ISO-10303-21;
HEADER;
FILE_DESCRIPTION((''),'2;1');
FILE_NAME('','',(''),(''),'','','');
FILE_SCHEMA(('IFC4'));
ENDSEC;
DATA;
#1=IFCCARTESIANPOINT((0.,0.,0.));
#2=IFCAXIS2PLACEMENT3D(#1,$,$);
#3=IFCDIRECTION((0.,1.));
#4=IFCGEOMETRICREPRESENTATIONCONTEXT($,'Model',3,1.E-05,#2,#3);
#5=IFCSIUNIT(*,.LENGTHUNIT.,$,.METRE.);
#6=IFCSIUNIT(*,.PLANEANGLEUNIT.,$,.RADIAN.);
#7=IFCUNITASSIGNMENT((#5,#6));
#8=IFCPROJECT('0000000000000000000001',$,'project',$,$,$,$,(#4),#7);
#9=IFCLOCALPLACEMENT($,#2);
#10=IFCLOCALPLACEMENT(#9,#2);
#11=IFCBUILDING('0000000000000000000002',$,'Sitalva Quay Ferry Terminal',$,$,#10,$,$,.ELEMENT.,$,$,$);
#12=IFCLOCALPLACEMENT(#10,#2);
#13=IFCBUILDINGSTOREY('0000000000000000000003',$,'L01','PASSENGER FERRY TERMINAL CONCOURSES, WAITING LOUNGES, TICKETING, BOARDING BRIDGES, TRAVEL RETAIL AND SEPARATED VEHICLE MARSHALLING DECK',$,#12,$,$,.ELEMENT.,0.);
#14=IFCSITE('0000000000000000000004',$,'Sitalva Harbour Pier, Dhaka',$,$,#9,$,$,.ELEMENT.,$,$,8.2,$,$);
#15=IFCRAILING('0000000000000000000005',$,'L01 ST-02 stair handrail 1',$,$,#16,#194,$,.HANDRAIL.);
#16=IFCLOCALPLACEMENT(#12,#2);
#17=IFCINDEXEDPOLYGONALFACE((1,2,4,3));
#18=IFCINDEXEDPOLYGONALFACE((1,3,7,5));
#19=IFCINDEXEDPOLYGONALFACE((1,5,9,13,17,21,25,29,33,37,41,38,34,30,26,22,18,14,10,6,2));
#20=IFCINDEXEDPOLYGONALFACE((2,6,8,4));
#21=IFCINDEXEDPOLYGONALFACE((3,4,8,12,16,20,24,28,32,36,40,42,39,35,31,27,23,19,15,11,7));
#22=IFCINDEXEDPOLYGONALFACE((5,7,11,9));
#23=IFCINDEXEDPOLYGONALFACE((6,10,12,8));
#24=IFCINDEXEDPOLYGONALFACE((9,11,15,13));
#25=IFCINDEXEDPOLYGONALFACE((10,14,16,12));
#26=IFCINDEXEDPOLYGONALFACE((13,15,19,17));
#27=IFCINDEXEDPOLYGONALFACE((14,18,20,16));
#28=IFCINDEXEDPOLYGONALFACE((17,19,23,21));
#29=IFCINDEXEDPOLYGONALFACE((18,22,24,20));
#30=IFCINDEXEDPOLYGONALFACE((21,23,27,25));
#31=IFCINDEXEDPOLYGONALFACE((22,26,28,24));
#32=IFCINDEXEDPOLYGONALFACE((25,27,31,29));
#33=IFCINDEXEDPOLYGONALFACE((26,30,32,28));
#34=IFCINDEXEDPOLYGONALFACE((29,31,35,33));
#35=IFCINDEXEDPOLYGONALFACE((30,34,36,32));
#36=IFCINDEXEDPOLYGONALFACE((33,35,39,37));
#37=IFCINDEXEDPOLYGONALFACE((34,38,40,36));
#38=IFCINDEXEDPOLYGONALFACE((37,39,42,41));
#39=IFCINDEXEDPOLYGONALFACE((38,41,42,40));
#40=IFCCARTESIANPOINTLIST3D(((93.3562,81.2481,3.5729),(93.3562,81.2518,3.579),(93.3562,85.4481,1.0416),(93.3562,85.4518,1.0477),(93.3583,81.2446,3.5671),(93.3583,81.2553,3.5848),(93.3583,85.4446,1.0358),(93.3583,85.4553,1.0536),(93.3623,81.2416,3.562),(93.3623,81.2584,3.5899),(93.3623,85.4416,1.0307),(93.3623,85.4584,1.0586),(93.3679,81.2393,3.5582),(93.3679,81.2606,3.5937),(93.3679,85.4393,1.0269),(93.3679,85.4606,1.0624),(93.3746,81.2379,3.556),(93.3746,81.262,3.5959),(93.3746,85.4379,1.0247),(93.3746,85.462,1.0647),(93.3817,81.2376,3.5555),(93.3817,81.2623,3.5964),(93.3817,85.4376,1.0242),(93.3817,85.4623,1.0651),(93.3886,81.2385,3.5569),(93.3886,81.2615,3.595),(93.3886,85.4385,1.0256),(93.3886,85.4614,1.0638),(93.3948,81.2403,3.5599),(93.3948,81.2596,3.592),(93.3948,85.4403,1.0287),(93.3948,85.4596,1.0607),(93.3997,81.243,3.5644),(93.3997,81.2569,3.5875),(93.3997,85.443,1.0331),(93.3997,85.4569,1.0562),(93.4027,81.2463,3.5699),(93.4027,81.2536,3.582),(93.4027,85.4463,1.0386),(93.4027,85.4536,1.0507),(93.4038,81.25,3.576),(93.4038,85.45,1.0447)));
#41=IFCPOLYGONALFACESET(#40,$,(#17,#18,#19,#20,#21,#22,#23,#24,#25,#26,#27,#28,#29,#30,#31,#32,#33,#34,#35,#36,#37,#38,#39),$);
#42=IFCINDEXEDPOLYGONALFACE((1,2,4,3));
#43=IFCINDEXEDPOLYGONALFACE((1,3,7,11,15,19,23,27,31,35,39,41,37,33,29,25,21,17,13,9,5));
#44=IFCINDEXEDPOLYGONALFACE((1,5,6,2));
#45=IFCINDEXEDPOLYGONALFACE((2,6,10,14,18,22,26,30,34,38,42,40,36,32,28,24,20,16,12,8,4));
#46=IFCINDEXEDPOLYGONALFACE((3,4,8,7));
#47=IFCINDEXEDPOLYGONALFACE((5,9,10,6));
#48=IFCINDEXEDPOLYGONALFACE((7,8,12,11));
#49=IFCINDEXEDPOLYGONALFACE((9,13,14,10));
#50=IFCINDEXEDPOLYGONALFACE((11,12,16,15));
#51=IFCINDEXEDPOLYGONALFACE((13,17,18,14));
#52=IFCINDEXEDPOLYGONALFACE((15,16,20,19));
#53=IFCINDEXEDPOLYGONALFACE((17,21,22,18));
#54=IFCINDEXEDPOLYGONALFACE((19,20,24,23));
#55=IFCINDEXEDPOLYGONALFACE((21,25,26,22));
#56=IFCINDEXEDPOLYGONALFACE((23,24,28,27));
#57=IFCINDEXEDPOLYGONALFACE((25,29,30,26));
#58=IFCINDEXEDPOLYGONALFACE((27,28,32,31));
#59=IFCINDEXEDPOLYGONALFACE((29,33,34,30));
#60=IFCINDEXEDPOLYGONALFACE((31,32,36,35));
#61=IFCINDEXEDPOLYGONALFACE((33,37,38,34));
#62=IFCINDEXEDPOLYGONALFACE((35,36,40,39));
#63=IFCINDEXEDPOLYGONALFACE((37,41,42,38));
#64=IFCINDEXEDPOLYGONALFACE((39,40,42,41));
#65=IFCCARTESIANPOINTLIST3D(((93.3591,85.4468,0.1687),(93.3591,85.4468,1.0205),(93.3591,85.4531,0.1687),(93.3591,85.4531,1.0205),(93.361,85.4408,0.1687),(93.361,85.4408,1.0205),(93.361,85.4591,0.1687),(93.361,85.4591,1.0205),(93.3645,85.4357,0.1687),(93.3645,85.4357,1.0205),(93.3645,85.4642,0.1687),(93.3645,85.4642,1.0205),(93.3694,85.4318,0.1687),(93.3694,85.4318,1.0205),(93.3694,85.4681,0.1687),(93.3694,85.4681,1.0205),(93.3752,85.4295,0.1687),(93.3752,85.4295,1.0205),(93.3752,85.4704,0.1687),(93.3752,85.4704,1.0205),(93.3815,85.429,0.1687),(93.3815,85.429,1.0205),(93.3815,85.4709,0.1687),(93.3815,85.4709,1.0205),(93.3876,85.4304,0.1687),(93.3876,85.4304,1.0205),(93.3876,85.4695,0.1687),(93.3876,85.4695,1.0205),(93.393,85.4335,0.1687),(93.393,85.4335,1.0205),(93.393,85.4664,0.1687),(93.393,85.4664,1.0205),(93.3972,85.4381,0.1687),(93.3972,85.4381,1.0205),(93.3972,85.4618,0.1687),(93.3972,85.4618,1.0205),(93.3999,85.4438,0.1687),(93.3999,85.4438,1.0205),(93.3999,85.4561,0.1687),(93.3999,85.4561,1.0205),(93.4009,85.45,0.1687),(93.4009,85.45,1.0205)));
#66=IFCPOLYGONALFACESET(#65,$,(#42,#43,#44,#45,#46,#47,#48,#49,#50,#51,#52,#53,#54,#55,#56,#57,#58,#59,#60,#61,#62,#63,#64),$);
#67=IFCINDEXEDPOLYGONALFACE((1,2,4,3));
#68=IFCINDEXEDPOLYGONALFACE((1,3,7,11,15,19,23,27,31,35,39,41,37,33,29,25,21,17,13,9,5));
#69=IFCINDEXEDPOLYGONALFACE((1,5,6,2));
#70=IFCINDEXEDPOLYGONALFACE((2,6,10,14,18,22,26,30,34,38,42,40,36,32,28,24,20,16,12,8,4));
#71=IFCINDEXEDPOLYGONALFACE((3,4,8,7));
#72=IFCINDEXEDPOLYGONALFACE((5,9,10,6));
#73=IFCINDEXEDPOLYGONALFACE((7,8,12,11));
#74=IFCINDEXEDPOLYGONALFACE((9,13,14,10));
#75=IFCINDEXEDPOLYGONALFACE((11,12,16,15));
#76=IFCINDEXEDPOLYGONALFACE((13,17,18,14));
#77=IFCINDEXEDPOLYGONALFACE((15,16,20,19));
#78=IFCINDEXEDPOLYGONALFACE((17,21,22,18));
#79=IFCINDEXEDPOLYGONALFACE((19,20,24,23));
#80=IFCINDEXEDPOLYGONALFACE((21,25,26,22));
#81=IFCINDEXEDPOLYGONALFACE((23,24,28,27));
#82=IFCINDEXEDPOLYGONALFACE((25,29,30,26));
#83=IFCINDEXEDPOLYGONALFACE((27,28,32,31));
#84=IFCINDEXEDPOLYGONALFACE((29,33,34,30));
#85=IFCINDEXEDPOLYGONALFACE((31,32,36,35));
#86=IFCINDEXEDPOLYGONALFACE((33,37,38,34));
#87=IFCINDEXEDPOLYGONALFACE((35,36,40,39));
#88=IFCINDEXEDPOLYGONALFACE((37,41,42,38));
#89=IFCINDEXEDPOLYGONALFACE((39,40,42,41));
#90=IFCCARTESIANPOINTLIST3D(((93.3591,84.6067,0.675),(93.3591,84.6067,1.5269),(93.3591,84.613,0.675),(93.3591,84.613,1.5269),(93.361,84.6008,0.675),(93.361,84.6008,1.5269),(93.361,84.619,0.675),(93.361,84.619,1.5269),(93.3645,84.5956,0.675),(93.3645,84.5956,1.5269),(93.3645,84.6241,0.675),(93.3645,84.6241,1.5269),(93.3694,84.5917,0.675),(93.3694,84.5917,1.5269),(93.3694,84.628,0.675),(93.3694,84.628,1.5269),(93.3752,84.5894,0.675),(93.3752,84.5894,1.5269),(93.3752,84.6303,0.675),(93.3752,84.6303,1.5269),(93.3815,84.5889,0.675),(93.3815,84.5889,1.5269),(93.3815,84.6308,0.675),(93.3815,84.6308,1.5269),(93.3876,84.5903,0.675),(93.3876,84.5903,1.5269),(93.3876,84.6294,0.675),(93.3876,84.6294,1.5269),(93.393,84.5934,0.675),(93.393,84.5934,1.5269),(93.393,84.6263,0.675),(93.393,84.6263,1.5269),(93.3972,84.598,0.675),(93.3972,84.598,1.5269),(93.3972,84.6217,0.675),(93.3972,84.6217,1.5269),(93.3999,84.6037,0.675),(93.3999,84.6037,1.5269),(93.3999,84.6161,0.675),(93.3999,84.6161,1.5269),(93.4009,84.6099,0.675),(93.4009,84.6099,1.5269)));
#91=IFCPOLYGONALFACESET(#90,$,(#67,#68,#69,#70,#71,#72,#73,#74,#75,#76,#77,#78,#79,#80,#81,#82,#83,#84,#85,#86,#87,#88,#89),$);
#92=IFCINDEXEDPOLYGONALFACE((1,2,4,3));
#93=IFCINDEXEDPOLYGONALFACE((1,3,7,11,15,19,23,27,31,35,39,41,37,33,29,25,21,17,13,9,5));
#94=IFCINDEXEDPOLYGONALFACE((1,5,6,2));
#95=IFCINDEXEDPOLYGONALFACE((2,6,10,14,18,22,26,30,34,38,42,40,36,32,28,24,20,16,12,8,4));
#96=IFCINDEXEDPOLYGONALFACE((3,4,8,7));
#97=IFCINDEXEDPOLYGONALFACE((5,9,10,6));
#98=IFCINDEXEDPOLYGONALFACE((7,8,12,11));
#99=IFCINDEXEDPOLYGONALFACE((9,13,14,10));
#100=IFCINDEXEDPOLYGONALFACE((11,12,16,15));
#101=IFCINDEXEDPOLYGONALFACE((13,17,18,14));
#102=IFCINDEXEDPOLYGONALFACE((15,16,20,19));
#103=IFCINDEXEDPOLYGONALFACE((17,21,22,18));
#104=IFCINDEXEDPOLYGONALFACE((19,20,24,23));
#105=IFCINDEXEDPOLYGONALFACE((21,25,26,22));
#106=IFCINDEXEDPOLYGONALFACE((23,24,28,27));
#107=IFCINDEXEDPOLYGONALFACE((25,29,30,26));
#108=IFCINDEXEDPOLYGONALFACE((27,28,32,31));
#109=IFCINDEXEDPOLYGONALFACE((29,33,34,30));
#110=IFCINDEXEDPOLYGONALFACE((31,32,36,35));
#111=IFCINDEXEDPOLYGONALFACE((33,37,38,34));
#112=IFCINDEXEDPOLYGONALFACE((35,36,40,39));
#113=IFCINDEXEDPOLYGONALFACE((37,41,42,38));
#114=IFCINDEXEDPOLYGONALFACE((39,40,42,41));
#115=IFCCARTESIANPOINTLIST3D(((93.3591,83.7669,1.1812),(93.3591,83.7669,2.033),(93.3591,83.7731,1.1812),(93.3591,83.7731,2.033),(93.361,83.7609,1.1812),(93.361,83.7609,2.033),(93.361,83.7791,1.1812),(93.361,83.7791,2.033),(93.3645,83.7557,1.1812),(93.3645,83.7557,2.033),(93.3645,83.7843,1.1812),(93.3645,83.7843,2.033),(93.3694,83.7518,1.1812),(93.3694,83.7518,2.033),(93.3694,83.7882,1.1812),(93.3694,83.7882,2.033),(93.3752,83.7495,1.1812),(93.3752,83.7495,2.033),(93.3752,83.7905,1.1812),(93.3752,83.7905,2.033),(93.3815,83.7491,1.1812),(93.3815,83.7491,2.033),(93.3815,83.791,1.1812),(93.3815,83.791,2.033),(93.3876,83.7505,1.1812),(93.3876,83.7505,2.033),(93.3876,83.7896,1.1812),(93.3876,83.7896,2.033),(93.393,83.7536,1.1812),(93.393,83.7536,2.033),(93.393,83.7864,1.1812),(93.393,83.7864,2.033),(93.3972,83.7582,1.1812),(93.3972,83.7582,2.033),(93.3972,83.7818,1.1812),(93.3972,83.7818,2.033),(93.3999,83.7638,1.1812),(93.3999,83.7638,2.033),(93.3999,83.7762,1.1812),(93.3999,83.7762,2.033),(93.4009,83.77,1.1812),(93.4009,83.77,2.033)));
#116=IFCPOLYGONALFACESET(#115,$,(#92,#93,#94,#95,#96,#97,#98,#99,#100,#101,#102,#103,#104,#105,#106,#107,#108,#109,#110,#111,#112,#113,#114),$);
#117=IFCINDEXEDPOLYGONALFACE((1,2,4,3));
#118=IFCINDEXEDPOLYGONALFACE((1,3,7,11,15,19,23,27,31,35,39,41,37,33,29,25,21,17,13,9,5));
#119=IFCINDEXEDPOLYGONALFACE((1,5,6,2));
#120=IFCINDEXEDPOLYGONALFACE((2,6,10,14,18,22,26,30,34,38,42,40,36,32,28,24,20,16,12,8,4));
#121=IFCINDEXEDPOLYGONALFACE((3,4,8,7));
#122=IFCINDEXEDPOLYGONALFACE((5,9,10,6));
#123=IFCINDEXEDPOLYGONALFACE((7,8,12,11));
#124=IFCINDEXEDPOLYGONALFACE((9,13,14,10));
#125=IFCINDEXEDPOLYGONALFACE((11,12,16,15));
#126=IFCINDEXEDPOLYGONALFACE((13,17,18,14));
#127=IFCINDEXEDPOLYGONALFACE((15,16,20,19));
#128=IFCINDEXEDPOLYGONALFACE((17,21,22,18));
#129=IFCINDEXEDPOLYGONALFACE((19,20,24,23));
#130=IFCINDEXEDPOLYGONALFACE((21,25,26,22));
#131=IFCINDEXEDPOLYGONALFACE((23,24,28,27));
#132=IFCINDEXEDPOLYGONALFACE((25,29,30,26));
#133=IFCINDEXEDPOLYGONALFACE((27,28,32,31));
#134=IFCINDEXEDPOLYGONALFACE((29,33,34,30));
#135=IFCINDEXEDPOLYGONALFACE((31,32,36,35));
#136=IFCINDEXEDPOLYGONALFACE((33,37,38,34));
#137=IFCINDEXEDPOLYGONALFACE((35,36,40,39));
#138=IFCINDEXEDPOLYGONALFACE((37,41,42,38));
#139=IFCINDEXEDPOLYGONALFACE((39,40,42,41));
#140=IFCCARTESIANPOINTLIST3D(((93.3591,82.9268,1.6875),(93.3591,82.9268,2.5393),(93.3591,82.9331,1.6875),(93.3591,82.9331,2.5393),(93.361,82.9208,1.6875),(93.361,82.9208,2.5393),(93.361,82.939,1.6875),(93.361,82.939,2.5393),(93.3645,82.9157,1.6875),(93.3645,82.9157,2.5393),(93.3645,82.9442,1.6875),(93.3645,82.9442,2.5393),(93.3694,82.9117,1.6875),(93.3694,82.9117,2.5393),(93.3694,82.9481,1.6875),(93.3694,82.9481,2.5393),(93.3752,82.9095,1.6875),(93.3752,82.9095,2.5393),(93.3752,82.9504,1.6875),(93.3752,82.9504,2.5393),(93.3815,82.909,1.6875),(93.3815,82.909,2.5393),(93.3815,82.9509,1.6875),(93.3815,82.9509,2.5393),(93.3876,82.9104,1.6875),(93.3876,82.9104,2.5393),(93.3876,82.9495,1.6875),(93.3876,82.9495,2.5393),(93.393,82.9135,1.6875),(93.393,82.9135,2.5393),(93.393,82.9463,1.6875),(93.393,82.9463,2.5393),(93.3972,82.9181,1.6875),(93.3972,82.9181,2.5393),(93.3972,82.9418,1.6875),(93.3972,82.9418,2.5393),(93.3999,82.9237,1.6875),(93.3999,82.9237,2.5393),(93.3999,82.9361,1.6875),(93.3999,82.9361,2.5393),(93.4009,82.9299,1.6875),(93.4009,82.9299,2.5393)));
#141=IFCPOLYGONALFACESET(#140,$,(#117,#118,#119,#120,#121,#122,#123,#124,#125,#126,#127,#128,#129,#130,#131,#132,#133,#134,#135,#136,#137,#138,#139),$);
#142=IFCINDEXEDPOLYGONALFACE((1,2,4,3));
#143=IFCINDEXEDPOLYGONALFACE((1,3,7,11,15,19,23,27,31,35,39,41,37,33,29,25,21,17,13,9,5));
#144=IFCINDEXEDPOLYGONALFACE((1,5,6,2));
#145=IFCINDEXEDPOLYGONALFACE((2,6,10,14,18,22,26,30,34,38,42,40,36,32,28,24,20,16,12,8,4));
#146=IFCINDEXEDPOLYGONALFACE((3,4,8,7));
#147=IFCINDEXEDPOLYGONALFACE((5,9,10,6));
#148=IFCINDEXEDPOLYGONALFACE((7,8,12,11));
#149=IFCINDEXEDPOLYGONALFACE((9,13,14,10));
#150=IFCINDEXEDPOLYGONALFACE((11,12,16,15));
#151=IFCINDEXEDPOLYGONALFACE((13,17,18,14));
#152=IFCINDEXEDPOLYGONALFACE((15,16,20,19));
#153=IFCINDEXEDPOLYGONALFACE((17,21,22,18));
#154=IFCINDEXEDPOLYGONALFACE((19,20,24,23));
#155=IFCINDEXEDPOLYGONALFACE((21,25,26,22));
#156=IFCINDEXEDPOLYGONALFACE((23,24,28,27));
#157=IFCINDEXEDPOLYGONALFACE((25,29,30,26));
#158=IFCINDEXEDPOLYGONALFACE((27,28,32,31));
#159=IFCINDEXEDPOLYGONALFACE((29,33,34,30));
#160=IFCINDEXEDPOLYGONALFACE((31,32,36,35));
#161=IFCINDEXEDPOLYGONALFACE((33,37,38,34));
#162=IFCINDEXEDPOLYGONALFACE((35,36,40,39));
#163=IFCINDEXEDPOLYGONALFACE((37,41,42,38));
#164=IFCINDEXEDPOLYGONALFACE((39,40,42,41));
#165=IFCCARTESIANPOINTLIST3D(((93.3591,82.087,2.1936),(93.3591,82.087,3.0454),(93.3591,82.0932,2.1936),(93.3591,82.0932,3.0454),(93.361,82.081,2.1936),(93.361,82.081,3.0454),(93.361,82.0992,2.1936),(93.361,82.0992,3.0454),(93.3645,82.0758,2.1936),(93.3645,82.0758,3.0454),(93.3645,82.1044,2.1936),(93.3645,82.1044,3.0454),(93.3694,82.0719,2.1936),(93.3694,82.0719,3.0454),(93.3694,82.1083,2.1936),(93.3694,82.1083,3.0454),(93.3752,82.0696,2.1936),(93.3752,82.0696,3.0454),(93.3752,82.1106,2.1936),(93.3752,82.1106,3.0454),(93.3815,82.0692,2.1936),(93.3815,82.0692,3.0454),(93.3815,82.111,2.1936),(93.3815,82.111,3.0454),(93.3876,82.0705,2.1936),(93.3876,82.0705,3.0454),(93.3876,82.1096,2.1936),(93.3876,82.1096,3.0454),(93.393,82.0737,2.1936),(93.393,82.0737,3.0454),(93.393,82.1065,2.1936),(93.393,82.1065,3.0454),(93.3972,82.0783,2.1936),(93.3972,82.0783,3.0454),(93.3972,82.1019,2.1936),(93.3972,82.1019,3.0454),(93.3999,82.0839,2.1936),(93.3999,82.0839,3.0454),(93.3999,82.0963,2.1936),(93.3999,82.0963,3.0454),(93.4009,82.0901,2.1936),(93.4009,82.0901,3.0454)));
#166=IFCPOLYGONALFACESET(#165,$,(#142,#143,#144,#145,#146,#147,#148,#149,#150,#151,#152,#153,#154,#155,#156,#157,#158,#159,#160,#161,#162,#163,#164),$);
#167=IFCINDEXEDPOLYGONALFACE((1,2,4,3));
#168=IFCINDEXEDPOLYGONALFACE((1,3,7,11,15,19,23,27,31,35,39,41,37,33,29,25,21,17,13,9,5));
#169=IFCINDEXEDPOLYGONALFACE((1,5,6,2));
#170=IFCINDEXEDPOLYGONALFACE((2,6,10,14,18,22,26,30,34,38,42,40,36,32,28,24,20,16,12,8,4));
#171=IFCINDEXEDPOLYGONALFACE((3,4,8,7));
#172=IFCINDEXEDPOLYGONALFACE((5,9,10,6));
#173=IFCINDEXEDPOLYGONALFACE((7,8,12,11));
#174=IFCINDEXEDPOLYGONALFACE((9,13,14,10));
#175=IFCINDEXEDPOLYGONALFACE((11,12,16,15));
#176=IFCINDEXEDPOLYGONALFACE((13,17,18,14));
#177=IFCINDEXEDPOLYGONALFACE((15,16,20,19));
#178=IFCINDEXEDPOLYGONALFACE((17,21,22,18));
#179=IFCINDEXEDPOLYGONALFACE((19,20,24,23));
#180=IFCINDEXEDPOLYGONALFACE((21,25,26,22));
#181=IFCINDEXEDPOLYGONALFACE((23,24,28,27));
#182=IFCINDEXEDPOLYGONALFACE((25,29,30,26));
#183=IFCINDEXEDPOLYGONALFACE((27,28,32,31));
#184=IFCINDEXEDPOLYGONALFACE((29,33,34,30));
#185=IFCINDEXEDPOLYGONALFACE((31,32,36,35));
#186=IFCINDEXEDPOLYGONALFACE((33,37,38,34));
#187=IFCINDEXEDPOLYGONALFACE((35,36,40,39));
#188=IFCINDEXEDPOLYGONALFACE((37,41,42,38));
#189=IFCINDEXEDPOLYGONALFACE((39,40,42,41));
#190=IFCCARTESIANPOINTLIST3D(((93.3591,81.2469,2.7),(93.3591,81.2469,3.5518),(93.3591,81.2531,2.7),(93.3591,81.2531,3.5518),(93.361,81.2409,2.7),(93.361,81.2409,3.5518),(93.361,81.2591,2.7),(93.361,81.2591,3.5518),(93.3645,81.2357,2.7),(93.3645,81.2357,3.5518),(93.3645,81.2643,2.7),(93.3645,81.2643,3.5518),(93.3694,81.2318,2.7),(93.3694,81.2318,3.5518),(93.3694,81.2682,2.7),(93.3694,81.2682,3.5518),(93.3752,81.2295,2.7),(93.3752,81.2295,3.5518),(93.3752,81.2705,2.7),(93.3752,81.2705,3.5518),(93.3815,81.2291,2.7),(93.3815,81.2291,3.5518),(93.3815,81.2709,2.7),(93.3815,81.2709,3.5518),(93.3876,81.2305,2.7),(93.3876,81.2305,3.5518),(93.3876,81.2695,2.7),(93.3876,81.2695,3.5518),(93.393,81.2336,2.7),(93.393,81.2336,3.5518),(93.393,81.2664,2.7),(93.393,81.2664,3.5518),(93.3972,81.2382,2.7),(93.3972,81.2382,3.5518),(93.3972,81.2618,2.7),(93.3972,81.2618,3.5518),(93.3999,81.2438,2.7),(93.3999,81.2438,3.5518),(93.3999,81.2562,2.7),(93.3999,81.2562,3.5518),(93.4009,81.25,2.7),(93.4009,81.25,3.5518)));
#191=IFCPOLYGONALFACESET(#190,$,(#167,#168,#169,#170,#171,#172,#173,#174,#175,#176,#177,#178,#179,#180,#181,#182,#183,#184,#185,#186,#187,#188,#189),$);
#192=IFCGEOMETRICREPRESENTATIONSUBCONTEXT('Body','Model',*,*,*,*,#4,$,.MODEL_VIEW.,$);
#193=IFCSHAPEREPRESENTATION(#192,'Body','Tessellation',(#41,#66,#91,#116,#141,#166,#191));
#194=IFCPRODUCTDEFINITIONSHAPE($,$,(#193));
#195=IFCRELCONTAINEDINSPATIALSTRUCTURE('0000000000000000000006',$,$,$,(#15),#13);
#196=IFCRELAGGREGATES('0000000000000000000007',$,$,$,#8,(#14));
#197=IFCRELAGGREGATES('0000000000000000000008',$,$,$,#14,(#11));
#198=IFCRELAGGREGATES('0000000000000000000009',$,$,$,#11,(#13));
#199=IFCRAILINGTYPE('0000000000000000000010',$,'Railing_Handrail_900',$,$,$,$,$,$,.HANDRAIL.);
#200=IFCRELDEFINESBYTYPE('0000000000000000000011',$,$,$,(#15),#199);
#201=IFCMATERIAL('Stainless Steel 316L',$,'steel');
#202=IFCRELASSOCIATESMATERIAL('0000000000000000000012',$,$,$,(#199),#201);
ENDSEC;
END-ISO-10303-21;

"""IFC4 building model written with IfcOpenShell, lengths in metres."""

from ifc_helpers import new_model, si_unit, direction, frame, origin, origin_2d, place, context, subcontext, project, spatial, circle, extrude, material, type_object, element, save


model = new_model("IFC4")

# Units and contexts
model_context = context("Model", 3, precision=1e-05, world=origin(), true_north=direction((0.0, 1.0)))
body_context = subcontext(model_context, "Body", "Model", "MODEL_VIEW")
ifc_project = project(units=[si_unit("LENGTHUNIT", "METRE"), si_unit("PLANEANGLEUNIT", "RADIAN")], contexts=[model_context])

# Site, building, storey
site_placement = place(None, origin())
site = spatial("IfcSite", under=ifc_project, at=site_placement, Name="Sitalva Harbour Pier, Dhaka", CompositionType="ELEMENT", RefElevation=8.2)
building_placement = place(site_placement, origin())
building = spatial("IfcBuilding", under=site, at=building_placement, Name="Sitalva Quay Ferry Terminal", CompositionType="ELEMENT")
storey_placement = place(building_placement, origin())
storey = spatial("IfcBuildingStorey", under=building, at=storey_placement, Name="L01", Description="PASSENGER FERRY TERMINAL CONCOURSES, WAITING LOUNGES, TICKETING, BOARDING BRIDGES, TRAVEL RETAIL AND SEPARATED VEHICLE MARSHALLING DECK", CompositionType="ELEMENT", Elevation=0.0)

# Railing
ifc_material_1 = material(Name="Stainless Steel 316L", Category="steel")
railing_type_1 = type_object("IfcRailingType", Name="Railing_Handrail_900", PredefinedType="HANDRAIL", material=ifc_material_1)
railing_1_placement = place(storey_placement, frame((93.3799, 85.45, 0.1687)))
element("IfcRailing", 1, at=railing_1_placement, inside=storey, type_object=railing_type_1, Name="L01 ST-02 stair handrail 1", PredefinedType="HANDRAIL", context=body_context, shape_type="SweptSolid", body=[
    extrude(circle(Radius=0.0239, at=origin_2d()), frame((0.0, 0.0, 0.876), z_axis=(0.0, -0.856476, 0.516186), x_axis=(1.0, 0.0, 0.0)), (0.0, 0.0, 1.0), 4.9038),
    extrude(circle(Radius=0.021, at=origin_2d()), origin(), (0.0, 0.0, 1.0), 0.8518),
    extrude(circle(Radius=0.021, at=origin_2d()), frame((0.0, -0.8401, 0.5063)), (0.0, 0.0, 1.0), 0.8518),
    extrude(circle(Radius=0.021, at=origin_2d()), frame((0.0, -1.6799, 1.0125)), (0.0, 0.0, 1.0), 0.8518),
    extrude(circle(Radius=0.021, at=origin_2d()), frame((0.0, -2.52, 1.5188)), (0.0, 0.0, 1.0), 0.8518),
    extrude(circle(Radius=0.021, at=origin_2d()), frame((0.0, -3.3599, 2.0249)), (0.0, 0.0, 1.0), 0.8518),
    extrude(circle(Radius=0.021, at=origin_2d()), frame((0.0, -4.2, 2.5312)), (0.0, 0.0, 1.0), 0.8518),
])

save(model, "model.ifc")
